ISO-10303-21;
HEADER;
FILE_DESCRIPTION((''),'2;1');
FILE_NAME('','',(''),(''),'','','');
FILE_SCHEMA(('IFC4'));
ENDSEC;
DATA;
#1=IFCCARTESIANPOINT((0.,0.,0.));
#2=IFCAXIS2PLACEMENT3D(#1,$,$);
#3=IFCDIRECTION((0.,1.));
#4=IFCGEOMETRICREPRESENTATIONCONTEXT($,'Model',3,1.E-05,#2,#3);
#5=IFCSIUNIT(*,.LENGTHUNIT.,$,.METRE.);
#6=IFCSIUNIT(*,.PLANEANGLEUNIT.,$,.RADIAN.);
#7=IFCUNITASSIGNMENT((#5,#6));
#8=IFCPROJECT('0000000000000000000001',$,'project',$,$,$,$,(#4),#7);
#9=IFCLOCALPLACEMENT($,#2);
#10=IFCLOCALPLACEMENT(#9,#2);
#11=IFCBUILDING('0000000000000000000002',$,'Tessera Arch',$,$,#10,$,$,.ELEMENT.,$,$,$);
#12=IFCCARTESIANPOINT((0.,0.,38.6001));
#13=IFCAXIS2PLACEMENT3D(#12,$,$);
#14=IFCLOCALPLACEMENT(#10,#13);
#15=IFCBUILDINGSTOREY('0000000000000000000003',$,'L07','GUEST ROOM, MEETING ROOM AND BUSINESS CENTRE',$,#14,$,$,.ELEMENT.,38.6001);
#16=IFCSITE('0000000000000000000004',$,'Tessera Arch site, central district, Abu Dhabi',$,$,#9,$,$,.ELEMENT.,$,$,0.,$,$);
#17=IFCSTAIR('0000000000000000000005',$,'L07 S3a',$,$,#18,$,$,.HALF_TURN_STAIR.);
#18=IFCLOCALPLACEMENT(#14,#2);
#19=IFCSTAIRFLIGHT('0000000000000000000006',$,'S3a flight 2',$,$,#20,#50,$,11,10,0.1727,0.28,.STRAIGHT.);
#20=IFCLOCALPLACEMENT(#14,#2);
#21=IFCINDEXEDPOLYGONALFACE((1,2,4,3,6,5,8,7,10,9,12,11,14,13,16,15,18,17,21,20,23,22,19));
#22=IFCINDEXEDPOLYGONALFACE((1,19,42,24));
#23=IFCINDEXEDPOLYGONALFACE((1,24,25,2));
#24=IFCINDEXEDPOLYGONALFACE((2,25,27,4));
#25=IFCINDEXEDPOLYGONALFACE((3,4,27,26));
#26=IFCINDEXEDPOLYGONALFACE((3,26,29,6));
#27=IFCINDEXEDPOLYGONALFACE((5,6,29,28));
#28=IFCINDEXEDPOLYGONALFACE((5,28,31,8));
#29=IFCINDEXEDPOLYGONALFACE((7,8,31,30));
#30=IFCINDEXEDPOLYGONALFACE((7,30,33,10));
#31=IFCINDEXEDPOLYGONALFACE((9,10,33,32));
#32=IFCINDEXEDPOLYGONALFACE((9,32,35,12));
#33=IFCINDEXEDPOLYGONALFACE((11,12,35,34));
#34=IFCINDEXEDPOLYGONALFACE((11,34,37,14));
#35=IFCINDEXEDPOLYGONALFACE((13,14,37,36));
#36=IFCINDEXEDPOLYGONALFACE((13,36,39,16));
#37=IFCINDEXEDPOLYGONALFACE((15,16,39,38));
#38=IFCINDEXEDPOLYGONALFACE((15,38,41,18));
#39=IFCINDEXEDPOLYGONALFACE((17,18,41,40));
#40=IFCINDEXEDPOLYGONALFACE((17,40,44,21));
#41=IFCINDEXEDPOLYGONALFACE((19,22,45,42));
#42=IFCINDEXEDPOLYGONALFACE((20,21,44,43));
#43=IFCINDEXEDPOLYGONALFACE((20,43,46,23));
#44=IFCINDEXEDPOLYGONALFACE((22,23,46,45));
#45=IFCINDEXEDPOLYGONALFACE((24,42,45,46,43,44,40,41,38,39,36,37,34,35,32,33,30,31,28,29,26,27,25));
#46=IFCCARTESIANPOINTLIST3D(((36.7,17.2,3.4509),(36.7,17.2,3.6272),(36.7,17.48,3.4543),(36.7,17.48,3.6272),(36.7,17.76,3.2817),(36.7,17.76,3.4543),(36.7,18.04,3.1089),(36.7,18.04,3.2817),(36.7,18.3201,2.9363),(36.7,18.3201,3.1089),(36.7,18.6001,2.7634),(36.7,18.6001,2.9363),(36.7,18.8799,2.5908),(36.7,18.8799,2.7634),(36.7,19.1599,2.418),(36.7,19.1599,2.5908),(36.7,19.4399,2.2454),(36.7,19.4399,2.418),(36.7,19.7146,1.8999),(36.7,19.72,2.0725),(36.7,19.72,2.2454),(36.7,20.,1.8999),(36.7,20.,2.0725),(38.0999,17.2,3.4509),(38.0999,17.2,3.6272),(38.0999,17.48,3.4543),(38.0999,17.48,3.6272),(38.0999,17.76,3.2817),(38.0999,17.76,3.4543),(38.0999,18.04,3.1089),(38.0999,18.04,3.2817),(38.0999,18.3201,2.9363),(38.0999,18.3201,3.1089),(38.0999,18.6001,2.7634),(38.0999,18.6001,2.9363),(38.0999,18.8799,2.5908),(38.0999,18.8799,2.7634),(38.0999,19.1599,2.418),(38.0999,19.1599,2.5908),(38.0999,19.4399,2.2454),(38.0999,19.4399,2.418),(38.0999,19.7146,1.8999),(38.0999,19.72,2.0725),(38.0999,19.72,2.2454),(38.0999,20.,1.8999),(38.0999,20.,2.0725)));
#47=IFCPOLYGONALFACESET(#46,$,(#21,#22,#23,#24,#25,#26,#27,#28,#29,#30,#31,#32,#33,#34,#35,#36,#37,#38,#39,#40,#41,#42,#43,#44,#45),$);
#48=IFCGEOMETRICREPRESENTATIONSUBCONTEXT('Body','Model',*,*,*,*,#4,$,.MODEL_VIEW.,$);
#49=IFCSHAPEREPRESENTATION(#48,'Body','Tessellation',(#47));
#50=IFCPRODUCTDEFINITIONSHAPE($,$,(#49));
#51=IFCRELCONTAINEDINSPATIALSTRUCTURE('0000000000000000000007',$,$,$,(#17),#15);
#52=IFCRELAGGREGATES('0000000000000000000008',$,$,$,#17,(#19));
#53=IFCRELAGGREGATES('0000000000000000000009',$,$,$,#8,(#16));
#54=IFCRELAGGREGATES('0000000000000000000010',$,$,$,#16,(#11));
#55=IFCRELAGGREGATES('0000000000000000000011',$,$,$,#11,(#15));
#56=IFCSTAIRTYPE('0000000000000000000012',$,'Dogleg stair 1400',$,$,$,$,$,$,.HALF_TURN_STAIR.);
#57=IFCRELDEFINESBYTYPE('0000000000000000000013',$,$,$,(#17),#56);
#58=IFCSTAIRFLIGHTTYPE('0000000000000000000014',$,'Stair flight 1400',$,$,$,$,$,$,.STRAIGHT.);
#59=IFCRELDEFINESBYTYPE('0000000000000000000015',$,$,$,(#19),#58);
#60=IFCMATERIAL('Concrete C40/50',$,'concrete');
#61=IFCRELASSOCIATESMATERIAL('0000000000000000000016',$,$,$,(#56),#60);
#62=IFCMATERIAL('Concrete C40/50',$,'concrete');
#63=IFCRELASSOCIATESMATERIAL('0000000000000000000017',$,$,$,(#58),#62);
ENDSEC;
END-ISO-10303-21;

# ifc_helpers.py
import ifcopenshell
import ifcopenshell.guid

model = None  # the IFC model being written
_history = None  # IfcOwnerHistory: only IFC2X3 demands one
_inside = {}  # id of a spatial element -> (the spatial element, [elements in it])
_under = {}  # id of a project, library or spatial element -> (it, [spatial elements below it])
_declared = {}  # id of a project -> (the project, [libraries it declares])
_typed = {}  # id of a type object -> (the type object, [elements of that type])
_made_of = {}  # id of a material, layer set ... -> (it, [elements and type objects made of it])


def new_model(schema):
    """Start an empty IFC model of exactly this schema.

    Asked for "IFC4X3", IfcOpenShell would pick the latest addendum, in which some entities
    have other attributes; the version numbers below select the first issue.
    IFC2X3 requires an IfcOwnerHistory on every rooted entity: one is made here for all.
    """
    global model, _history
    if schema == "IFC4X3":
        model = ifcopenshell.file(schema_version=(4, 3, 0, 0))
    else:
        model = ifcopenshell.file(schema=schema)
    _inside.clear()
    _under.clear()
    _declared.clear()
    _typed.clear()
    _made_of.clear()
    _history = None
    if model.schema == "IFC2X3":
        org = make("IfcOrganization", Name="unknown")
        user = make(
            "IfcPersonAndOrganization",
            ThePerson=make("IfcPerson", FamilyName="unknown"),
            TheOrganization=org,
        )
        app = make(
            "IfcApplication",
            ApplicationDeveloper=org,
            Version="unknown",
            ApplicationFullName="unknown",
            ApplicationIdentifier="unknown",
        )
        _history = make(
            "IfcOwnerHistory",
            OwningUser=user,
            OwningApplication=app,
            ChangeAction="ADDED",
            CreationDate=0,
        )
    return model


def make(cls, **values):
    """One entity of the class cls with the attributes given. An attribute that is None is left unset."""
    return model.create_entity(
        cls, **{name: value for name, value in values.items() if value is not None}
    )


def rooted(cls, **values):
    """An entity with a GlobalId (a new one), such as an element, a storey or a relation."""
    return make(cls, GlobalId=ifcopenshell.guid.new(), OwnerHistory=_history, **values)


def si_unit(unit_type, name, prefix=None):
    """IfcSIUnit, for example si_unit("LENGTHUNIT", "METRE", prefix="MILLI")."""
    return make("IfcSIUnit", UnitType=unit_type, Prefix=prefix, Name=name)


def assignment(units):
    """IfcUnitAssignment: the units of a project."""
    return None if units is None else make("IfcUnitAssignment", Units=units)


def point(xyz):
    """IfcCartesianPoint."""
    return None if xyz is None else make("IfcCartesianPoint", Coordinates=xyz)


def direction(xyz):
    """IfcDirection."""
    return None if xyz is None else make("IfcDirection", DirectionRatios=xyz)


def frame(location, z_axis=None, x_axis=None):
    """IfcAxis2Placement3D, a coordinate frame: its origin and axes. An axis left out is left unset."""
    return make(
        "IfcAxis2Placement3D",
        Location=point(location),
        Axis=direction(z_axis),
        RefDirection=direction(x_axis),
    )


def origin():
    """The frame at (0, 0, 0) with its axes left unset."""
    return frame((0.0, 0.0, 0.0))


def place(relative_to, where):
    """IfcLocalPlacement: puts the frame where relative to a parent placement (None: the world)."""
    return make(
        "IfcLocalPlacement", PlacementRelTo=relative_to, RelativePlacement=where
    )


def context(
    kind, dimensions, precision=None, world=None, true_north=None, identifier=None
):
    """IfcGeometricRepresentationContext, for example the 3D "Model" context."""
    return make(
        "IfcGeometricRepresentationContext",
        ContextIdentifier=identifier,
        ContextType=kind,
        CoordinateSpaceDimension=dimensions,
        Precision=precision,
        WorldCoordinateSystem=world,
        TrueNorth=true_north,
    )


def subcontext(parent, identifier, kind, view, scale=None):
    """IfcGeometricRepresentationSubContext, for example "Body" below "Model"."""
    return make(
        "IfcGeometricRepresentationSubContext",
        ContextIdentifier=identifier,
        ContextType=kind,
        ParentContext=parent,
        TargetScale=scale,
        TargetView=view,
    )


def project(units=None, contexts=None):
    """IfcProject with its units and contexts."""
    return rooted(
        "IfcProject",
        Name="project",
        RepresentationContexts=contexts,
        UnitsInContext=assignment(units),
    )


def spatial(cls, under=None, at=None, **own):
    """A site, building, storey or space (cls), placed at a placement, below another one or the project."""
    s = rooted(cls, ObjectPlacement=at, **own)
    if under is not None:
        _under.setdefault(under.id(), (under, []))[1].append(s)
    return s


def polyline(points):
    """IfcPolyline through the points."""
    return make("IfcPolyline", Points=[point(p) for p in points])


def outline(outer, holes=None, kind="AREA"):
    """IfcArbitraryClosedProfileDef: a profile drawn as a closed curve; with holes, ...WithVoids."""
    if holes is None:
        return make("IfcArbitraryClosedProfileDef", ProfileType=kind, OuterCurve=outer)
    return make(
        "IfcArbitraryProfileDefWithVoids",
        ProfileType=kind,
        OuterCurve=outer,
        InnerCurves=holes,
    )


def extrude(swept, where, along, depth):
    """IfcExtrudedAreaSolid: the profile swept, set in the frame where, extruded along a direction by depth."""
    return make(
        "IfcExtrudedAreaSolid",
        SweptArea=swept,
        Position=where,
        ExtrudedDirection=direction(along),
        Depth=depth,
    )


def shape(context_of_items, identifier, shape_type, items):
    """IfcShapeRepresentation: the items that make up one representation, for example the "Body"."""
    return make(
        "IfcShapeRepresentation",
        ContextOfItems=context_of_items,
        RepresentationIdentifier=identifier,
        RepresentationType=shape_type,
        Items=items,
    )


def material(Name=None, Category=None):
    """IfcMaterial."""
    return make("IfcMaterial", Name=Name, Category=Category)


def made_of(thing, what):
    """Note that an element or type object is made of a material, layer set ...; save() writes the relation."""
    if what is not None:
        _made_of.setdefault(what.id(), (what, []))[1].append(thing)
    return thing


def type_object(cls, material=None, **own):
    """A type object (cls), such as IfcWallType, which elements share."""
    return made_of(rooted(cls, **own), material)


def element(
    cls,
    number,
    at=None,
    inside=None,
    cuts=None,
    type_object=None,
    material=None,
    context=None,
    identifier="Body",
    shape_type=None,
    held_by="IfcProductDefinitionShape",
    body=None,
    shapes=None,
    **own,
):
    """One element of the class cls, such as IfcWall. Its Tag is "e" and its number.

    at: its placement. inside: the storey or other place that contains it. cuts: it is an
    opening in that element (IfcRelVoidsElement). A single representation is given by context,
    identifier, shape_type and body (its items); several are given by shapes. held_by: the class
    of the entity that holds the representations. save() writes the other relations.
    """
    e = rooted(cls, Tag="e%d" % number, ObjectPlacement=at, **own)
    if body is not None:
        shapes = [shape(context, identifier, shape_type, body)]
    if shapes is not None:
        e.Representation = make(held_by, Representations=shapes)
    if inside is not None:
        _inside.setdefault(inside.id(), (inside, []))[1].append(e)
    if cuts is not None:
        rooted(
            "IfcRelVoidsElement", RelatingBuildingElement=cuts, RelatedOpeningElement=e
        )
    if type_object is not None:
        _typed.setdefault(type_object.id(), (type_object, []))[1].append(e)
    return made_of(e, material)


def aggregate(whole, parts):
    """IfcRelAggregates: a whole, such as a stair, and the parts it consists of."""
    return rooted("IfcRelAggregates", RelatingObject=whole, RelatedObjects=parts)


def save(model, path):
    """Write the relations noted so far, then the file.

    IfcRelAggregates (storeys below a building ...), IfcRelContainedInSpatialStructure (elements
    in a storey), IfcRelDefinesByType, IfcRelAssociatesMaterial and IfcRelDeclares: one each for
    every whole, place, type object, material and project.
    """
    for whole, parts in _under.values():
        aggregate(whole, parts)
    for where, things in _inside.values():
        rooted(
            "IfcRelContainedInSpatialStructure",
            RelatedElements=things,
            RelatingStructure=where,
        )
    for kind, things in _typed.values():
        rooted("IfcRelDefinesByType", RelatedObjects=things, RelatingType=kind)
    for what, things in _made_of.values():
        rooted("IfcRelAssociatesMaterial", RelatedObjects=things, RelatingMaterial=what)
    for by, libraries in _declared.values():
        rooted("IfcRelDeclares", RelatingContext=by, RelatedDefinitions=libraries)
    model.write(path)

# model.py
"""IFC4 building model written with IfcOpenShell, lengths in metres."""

from ifc_helpers import new_model, si_unit, direction, frame, origin, place, context, subcontext, project, spatial, polyline, outline, extrude, material, type_object, element, aggregate, save


model = new_model("IFC4")

# Units and contexts
model_context = context("Model", 3, precision=1e-05, world=origin(), true_north=direction((0.0, 1.0)))
body_context = subcontext(model_context, "Body", "Model", "MODEL_VIEW")
ifc_project = project(units=[si_unit("LENGTHUNIT", "METRE"), si_unit("PLANEANGLEUNIT", "RADIAN")], contexts=[model_context])

# Site, building, storey
site_placement = place(None, origin())
site = spatial("IfcSite", under=ifc_project, at=site_placement, Name="Tessera Arch site, central district, Abu Dhabi", CompositionType="ELEMENT", RefElevation=0.0)
building_placement = place(site_placement, origin())
building = spatial("IfcBuilding", under=site, at=building_placement, Name="Tessera Arch", CompositionType="ELEMENT")
storey_placement = place(building_placement, frame((0.0, 0.0, 38.6001)))
storey = spatial("IfcBuildingStorey", under=building, at=storey_placement, Name="L07", Description="GUEST ROOM, MEETING ROOM AND BUSINESS CENTRE", CompositionType="ELEMENT", Elevation=38.6001)

# Stair, stair flight
ifc_material_1 = material(Name="Concrete C40/50", Category="concrete")
stair_type = type_object("IfcStairType", Name="Dogleg stair 1400", PredefinedType="HALF_TURN_STAIR", material=ifc_material_1)
stair_placement = place(storey_placement, origin())
stair = element("IfcStair", 1, at=stair_placement, inside=storey, type_object=stair_type, Name="L07 S3a", PredefinedType="HALF_TURN_STAIR")
ifc_material_2 = material(Name="Concrete C40/50", Category="concrete")
stair_flight_type = type_object("IfcStairFlightType", Name="Stair flight 1400", PredefinedType="STRAIGHT", material=ifc_material_2)
stair_flight_1_placement = place(storey_placement, frame((37.3999, 20.0, 1.8999), z_axis=(0.0, 0.0, 1.0), x_axis=(0.0, -1.0, 0.0)))
stair_flight_1 = element("IfcStairFlight", 2, at=stair_flight_1_placement, type_object=stair_flight_type, Name="S3a flight 2", NumberOfRisers=11, NumberOfTreads=10, PredefinedType="STRAIGHT", RiserHeight=0.1727, TreadLength=0.28, context=body_context, shape_type="SweptSolid", body=[
    extrude(outline(polyline([(0.0, 0.0), (0.0, 0.1726), (0.28, 0.1726), (0.28, 0.3455), (0.5601, 0.3455), (0.5601, 0.5181), (0.8401, 0.5181), (0.8401, 0.6909), (1.1201, 0.6909), (1.1201, 0.8635), (1.3999, 0.8635), (1.3999, 1.0364), (1.6799, 1.0364), (1.6799, 1.209), (1.96, 1.209), (1.96, 1.3818), (2.24, 1.3818), (2.24, 1.5544), (2.52, 1.5544), (2.52, 1.7273), (2.8, 1.7273), (2.8, 1.8999), (2.8, 1.551), (0.2854, 0.0), (0.0, 0.0)])), frame((0.0, 0.7, 0.0), z_axis=(0.0, -1.0, 0.0), x_axis=(1.0, 0.0, 0.0)), (0.0, 0.0, 1.0), 1.3999),
])
aggregate(stair, [stair_flight_1])

save(model, "model.ifc")
